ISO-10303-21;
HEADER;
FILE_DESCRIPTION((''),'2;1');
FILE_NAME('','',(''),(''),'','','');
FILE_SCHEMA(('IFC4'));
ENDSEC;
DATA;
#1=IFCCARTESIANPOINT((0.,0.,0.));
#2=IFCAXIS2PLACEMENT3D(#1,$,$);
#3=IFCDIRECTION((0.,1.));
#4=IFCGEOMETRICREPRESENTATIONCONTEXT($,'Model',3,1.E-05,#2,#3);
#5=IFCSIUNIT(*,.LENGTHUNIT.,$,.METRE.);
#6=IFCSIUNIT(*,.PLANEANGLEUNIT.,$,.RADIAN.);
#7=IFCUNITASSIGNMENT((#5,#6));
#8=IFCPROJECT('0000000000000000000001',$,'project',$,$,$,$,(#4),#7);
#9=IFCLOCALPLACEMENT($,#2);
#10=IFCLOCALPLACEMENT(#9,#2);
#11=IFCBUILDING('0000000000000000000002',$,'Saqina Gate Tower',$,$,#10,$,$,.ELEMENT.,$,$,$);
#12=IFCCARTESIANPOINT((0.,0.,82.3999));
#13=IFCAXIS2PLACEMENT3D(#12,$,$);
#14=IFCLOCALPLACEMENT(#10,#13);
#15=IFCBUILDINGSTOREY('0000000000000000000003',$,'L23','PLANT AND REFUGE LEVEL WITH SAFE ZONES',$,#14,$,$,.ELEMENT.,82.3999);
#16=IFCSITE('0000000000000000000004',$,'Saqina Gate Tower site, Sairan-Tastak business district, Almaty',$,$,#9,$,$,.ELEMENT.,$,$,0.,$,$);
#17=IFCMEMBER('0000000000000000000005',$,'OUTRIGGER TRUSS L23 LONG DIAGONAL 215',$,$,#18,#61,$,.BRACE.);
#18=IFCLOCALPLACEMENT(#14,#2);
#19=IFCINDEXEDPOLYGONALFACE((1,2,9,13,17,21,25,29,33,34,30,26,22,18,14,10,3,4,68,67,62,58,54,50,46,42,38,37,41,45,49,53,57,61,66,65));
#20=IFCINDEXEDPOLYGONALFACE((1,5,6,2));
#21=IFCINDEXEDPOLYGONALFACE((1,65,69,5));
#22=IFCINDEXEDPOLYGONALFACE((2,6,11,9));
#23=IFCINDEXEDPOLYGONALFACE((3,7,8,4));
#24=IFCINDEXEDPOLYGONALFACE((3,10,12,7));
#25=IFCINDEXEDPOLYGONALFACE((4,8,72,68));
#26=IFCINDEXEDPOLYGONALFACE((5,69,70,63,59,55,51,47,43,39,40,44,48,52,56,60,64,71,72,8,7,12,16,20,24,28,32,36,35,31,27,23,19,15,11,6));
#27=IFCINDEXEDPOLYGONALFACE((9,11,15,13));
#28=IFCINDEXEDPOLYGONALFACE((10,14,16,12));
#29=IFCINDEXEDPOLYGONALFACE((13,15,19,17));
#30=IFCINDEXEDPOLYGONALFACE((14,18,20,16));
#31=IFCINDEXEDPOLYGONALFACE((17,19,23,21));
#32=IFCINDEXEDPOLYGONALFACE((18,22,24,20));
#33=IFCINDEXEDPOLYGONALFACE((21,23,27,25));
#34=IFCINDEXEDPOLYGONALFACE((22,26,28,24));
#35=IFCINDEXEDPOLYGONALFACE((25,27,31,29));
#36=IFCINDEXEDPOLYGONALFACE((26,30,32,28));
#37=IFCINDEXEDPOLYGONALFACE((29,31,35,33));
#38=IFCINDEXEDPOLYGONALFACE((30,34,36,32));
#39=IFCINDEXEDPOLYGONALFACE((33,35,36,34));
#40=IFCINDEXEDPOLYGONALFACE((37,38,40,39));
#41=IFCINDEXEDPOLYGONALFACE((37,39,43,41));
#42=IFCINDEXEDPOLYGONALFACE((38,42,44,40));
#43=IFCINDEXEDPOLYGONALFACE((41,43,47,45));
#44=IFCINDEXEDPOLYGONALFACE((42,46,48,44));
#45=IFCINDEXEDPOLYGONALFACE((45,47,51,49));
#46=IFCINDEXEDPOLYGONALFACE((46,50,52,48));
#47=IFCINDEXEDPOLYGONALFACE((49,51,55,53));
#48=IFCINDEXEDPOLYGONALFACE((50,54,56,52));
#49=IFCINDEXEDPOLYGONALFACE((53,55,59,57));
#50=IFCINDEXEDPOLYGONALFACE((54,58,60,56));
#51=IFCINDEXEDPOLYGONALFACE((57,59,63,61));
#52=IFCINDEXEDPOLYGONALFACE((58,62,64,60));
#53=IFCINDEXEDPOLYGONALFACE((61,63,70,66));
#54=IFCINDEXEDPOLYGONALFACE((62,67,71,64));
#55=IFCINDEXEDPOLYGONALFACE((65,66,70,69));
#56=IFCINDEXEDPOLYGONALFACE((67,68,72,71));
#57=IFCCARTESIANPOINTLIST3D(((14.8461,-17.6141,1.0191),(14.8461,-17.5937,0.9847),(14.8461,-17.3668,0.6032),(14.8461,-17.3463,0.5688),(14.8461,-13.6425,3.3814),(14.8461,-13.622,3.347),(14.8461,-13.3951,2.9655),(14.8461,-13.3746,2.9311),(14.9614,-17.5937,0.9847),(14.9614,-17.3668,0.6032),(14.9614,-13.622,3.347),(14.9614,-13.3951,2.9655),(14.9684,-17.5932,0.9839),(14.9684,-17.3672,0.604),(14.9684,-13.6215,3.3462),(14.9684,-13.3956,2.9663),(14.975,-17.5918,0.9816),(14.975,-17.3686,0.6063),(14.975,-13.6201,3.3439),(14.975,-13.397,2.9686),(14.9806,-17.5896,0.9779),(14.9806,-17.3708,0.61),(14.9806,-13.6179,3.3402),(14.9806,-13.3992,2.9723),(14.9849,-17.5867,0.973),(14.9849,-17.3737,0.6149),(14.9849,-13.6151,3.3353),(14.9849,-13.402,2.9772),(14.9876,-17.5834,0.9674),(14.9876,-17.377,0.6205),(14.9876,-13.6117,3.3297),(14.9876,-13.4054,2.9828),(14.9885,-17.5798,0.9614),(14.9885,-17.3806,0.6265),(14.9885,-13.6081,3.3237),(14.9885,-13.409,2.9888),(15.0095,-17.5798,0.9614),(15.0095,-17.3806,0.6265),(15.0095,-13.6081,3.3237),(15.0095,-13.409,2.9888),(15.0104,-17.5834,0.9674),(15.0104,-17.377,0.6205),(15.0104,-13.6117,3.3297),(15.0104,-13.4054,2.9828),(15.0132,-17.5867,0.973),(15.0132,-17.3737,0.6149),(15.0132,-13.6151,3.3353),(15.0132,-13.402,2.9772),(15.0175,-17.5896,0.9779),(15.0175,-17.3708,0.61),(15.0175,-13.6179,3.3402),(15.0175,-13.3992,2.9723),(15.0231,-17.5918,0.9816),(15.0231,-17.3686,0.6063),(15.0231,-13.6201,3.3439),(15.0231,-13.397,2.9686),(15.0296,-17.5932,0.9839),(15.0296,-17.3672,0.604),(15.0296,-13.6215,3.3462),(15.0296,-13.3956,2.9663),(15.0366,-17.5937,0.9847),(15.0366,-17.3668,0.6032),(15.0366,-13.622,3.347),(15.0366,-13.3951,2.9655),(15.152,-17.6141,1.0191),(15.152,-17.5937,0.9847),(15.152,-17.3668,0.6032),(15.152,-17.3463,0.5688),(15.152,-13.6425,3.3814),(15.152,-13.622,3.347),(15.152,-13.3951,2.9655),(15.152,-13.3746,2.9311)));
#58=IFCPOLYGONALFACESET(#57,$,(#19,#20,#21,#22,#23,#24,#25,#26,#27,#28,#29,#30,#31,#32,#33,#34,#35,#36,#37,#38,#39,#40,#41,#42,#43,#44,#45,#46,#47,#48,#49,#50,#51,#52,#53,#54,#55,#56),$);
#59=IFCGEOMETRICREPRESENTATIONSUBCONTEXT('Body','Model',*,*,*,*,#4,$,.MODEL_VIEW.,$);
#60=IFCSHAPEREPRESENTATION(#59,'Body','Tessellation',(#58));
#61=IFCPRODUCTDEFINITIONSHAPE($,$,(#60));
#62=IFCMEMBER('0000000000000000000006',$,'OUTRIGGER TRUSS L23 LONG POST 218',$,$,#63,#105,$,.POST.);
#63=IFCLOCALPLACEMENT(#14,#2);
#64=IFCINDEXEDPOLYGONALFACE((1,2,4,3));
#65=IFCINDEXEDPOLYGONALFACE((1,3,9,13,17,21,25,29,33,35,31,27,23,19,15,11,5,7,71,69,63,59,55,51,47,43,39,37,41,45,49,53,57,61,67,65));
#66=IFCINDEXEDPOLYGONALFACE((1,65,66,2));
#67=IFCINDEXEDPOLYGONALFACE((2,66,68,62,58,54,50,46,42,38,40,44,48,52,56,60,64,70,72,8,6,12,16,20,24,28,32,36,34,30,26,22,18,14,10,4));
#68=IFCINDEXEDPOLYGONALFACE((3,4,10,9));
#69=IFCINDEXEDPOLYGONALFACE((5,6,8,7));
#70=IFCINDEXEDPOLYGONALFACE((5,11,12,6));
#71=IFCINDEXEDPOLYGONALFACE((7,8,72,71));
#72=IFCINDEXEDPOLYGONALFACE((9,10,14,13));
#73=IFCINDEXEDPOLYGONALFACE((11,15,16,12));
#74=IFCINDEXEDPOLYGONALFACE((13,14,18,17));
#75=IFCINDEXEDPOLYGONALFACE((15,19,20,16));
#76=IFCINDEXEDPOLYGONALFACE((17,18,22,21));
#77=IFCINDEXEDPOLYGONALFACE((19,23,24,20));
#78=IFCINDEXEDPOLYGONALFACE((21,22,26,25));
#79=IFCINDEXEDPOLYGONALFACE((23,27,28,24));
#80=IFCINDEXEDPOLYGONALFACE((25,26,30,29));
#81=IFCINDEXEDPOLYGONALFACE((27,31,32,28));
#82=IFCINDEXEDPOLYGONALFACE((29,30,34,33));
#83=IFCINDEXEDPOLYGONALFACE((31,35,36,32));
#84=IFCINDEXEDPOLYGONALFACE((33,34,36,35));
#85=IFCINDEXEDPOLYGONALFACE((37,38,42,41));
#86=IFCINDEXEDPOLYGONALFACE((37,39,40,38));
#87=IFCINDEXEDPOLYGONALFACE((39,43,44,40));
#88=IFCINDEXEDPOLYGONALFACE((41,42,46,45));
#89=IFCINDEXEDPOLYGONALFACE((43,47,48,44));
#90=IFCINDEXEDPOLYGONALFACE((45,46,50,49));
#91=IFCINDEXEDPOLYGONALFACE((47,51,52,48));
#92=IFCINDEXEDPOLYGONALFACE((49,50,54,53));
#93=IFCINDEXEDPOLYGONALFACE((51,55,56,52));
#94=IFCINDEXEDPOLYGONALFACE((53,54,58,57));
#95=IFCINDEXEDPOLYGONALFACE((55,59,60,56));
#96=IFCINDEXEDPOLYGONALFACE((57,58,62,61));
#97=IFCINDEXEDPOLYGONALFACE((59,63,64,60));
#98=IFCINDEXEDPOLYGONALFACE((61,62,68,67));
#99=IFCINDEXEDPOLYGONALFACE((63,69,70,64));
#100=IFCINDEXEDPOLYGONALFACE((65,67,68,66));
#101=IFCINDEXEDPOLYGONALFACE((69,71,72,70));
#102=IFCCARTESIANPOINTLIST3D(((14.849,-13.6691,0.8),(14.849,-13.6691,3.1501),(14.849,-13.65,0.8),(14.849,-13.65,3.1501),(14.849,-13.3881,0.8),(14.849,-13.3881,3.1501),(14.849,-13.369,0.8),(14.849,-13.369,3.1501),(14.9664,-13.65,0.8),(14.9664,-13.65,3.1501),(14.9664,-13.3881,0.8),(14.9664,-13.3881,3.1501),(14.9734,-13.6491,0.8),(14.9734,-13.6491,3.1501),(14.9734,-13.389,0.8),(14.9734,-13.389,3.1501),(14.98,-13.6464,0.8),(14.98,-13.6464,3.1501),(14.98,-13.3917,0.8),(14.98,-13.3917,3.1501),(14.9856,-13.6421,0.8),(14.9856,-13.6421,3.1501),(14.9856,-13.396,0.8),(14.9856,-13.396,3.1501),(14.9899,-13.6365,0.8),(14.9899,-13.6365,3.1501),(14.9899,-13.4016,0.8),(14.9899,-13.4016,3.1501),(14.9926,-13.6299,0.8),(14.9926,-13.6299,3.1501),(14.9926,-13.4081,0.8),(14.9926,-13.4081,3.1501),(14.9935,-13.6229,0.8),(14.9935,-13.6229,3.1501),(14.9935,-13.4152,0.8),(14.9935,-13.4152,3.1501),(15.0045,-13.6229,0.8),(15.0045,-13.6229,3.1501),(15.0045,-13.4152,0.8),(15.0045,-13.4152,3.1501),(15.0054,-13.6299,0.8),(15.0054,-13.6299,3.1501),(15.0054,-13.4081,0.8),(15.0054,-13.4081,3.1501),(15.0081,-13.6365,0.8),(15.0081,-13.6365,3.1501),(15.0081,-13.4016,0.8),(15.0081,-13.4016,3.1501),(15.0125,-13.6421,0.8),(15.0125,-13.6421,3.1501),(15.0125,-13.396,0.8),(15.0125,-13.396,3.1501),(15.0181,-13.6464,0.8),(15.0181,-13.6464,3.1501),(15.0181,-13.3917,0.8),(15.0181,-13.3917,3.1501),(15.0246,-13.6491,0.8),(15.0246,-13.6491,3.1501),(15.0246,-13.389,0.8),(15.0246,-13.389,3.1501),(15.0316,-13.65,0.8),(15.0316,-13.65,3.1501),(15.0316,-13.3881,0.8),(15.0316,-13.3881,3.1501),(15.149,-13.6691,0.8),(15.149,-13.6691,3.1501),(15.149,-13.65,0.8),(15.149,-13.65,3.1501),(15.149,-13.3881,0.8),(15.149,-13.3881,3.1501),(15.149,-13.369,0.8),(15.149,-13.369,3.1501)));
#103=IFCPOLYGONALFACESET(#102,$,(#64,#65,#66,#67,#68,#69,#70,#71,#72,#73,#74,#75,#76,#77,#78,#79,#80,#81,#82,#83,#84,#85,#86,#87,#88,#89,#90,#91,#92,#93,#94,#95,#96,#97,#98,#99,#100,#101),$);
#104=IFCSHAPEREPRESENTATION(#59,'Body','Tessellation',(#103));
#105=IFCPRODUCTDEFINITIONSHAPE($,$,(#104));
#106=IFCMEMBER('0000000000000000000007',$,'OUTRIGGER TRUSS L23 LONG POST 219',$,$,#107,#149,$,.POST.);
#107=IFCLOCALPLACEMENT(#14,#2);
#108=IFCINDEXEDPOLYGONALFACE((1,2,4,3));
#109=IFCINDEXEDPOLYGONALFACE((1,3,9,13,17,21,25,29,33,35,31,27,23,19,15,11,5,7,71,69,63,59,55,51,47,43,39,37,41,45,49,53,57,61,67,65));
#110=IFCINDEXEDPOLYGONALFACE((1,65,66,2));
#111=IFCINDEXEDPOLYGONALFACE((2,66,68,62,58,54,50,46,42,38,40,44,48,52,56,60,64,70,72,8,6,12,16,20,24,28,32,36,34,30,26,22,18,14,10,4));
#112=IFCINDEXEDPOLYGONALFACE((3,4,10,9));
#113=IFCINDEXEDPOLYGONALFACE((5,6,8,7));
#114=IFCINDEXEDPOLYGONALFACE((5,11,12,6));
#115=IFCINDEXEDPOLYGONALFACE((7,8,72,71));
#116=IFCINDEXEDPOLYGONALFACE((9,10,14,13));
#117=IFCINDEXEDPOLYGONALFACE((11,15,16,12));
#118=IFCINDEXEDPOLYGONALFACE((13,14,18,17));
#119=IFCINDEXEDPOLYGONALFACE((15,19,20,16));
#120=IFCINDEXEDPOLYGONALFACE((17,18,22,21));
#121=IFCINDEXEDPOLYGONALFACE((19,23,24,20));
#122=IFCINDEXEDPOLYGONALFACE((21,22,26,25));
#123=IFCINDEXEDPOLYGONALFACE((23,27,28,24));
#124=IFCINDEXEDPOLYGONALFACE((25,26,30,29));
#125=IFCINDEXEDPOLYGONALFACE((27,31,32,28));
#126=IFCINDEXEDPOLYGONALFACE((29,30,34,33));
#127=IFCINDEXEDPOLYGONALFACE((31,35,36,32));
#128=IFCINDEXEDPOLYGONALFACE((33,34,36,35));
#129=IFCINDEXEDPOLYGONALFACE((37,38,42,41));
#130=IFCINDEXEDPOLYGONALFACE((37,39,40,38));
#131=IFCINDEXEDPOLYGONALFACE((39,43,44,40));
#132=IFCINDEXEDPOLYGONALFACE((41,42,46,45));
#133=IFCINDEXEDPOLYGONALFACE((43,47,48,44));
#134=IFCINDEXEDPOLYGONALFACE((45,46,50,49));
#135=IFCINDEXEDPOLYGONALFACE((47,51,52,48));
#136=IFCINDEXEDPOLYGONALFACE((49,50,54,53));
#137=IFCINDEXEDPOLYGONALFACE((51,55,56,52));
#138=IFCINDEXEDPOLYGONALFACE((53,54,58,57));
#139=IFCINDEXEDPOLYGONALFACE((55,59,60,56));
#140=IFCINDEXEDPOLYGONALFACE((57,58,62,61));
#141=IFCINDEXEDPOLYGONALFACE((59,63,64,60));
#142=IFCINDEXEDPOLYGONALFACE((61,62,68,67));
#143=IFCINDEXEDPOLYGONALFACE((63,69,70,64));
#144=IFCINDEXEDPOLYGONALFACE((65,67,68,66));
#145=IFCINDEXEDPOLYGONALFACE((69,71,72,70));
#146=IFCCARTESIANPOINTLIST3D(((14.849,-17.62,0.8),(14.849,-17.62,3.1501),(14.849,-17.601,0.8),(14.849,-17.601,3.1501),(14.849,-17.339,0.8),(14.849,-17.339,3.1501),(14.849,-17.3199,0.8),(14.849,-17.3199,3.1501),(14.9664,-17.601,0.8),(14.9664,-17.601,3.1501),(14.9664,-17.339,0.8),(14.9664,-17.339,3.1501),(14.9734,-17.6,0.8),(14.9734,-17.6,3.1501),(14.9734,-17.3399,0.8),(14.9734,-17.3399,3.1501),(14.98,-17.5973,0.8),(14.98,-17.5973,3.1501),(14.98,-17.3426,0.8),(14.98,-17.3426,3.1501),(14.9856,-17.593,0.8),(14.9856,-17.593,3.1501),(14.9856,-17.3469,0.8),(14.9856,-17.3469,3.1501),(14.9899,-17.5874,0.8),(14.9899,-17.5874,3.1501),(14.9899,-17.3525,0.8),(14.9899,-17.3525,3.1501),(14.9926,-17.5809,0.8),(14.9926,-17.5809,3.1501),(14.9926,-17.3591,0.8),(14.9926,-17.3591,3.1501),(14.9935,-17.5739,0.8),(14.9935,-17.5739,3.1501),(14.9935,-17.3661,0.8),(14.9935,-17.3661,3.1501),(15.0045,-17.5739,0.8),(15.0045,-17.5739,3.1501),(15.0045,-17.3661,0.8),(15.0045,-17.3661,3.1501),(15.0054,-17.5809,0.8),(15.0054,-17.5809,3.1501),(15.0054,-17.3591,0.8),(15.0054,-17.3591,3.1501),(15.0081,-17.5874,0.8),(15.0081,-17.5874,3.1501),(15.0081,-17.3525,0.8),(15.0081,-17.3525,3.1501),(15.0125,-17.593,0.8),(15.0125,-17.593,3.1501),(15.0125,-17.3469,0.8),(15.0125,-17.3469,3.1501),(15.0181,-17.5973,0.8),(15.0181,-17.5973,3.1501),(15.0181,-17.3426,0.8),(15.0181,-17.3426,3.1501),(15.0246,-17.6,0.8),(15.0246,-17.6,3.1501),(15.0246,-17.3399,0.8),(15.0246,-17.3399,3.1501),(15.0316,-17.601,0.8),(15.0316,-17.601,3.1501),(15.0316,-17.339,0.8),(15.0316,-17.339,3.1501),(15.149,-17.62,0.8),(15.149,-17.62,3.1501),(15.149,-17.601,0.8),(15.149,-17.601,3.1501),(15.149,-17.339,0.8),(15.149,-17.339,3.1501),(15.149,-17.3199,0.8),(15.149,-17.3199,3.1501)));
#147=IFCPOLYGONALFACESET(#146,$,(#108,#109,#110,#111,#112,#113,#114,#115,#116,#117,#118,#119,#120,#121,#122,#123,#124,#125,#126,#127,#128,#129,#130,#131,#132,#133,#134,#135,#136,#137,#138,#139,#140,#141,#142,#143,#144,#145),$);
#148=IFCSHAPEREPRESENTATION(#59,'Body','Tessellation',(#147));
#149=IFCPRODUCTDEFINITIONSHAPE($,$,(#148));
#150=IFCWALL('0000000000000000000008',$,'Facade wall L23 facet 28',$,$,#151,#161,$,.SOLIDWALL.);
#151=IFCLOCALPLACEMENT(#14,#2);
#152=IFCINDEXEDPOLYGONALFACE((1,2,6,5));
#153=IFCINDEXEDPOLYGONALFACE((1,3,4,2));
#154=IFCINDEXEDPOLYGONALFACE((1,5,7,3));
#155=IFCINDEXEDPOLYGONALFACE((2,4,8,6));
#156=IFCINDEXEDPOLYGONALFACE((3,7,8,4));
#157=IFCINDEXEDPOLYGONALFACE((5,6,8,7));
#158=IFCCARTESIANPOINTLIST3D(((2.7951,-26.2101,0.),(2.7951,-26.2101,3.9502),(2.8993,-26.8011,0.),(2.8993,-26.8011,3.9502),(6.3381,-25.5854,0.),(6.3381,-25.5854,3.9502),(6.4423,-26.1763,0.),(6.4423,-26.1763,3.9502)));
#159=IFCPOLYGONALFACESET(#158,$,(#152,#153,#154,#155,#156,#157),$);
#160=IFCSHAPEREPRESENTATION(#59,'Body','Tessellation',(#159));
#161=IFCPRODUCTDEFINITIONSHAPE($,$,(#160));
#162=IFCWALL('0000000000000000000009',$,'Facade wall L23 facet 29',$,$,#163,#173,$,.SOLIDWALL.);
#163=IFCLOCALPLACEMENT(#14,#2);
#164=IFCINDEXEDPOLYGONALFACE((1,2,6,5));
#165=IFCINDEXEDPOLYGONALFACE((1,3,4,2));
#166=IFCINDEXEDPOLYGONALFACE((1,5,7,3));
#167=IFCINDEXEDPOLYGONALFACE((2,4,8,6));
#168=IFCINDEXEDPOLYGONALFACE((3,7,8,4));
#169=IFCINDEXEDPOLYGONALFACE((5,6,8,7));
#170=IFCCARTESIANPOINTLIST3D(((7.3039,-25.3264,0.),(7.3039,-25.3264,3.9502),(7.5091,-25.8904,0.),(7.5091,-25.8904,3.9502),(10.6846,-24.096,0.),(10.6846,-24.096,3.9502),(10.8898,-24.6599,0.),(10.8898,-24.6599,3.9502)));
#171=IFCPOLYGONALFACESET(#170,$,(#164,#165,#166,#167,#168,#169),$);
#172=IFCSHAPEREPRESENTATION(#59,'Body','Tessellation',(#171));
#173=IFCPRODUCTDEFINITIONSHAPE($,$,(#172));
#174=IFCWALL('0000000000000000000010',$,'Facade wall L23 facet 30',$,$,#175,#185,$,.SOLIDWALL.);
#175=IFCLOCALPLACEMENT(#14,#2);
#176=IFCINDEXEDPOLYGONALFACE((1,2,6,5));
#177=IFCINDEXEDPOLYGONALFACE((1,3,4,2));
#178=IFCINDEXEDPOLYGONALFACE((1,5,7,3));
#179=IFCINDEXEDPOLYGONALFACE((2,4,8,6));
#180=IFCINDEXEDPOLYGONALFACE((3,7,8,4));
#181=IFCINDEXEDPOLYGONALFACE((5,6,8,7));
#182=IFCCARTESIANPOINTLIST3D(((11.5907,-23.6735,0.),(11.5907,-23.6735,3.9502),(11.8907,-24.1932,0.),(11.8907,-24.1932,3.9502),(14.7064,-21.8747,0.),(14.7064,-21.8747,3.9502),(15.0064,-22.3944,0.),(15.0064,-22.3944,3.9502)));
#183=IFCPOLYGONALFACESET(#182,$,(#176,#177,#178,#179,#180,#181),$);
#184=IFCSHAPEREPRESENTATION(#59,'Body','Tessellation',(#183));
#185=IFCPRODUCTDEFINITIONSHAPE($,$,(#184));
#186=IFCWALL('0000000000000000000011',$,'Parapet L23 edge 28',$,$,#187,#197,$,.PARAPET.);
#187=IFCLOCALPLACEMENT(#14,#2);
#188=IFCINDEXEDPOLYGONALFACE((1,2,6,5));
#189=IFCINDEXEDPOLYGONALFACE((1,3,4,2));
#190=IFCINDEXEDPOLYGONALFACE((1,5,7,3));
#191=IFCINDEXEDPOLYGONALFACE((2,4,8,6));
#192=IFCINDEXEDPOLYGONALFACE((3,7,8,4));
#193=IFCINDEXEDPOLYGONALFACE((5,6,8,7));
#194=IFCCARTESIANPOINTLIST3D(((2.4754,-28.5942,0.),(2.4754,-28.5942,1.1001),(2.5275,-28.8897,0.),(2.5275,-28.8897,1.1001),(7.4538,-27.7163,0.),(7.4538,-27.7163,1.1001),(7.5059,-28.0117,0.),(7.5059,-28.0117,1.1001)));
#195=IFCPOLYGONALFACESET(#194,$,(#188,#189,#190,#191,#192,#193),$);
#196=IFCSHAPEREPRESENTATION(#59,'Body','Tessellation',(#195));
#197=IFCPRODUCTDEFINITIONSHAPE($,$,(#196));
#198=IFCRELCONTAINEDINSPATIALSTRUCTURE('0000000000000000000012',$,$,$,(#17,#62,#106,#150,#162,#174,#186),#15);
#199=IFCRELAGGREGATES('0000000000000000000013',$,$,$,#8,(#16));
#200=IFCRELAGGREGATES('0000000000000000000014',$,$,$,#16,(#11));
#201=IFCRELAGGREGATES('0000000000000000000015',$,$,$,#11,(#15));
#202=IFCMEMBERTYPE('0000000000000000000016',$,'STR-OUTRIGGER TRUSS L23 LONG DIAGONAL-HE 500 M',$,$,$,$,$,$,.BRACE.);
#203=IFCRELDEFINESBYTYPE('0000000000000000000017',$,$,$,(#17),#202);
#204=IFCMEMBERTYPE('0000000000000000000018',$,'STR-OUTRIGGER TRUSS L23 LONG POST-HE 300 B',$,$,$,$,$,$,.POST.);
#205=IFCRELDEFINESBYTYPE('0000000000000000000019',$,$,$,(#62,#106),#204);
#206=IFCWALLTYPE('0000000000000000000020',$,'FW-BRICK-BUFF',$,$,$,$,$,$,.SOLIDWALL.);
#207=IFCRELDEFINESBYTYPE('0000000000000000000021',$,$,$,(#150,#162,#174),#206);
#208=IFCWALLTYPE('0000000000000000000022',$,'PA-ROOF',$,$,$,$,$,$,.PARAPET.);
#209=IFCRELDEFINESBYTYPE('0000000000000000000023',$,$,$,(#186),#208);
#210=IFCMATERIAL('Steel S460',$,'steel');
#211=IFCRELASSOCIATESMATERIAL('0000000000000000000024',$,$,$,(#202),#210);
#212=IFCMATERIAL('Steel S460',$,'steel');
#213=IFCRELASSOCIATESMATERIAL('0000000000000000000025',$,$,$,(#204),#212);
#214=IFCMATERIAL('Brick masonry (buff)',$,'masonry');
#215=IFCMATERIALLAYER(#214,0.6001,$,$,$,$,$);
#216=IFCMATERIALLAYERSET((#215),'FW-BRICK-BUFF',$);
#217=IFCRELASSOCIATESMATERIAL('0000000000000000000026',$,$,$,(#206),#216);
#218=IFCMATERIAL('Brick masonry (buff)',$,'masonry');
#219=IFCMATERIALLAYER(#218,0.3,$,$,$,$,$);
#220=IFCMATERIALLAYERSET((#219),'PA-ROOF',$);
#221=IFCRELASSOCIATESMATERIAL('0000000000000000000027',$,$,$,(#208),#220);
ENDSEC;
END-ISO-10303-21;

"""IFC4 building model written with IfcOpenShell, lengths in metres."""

from ifc_helpers import new_model, si_unit, direction, frame, frame_2d, origin, origin_2d, place, context, subcontext, project, spatial, rectangle, i_section, extrude, material, layer, layer_set, material_profile, profile_set, type_object, element, save


model = new_model("IFC4")

# Units and contexts
model_context = context("Model", 3, precision=1e-05, world=origin(), true_north=direction((0.0, 1.0)))
body_context = subcontext(model_context, "Body", "Model", "MODEL_VIEW")
ifc_project = project(units=[si_unit("LENGTHUNIT", "METRE"), si_unit("PLANEANGLEUNIT", "RADIAN")], contexts=[model_context])

# Site, building, storey
site_placement = place(None, origin())
site = spatial("IfcSite", under=ifc_project, at=site_placement, Name="Saqina Gate Tower site, Sairan-Tastak business district, Almaty", CompositionType="ELEMENT", RefElevation=0.0)
building_placement = place(site_placement, origin())
building = spatial("IfcBuilding", under=site, at=building_placement, Name="Saqina Gate Tower", CompositionType="ELEMENT")
storey_placement = place(building_placement, frame((0.0, 0.0, 82.3999)))
storey = spatial("IfcBuildingStorey", under=building, at=storey_placement, Name="L23", Description="PLANT AND REFUGE LEVEL WITH SAFE ZONES", CompositionType="ELEMENT", Elevation=82.3999)

# Members
ifc_material_1 = material(Name="Steel S460", Category="steel")
ifc_material_profile_1 = material_profile(ifc_material_1, i_section(OverallWidth=0.3059, OverallDepth=0.5239, WebThickness=0.021, FlangeThickness=0.04, FilletRadius=0.0271, at=origin_2d()), Name="HE 500 M")
ifc_profile_set_1 = profile_set([ifc_material_profile_1], Name="Steel S460")
member_type_1 = type_object("IfcMemberType", Name="STR-OUTRIGGER TRUSS L23 LONG DIAGONAL-HE 500 M", PredefinedType="BRACE", material=ifc_profile_set_1)
member_1_placement = place(storey_placement, frame((14.999, -13.5085, 3.1562), z_axis=(0.0, -0.859463, -0.511198), x_axis=(1.0, 0.0, 0.0)))
element("IfcMember", 1, at=member_1_placement, inside=storey, type_object=member_type_1, Name="OUTRIGGER TRUSS L23 LONG DIAGONAL 215", PredefinedType="BRACE", context=body_context, shape_type="SweptSolid", body=[
    extrude(i_section(OverallWidth=0.3059, OverallDepth=0.5239, WebThickness=0.021, FlangeThickness=0.04, FilletRadius=0.0271, at=origin_2d()), origin(), (0.0, 0.0, 1.0), 4.6211),
])
ifc_material_2 = material(Name="Steel S460", Category="steel")
ifc_material_profile_2 = material_profile(ifc_material_2, i_section(OverallWidth=0.3, OverallDepth=0.3, WebThickness=0.011, FlangeThickness=0.019, FilletRadius=0.0271, at=origin_2d()), Name="HE 300 B")
ifc_profile_set_2 = profile_set([ifc_material_profile_2], Name="Steel S460")
member_type_2 = type_object("IfcMemberType", Name="STR-OUTRIGGER TRUSS L23 LONG POST-HE 300 B", PredefinedType="POST", material=ifc_profile_set_2)
for number, where, z_axis, x_axis, name in (
    (2, (14.999, -13.519, 0.8), (0.0, 0.0, 1.0), (1.0, 0.0, 0.0), "OUTRIGGER TRUSS L23 LONG POST 218"),
    (3, (14.999, -17.47, 0.8), (0.0, 0.0, 1.0), (1.0, 0.0, 0.0), "OUTRIGGER TRUSS L23 LONG POST 219"),
):
    element("IfcMember", number, at=place(storey_placement, frame(where, z_axis=z_axis, x_axis=x_axis)), inside=storey, type_object=member_type_2, Name=name, PredefinedType="POST", context=body_context, shape_type="SweptSolid", body=[
        extrude(i_section(OverallWidth=0.3, OverallDepth=0.3, WebThickness=0.011, FlangeThickness=0.019, FilletRadius=0.0271, at=origin_2d()), origin(), (0.0, 0.0, 1.0), 2.3501),
    ])

# Walls
ifc_material_3 = material(Name="Brick masonry (buff)", Category="masonry")
ifc_layer_1 = layer(ifc_material_3, 0.6001)
ifc_layer_set_1 = layer_set([ifc_layer_1], Name="FW-BRICK-BUFF")
wall_type_1 = type_object("IfcWallType", Name="FW-BRICK-BUFF", PredefinedType="SOLIDWALL", material=ifc_layer_set_1)
for number, where, z_axis, x_axis, name in (
    (4, (2.8472, -26.5056, 0.0), (0.0, 0.0, 1.0), (0.984806, 0.173658, 0.0), "Facade wall L23 facet 28"),
    (5, (7.4065, -25.6084, 0.0), (0.0, 0.0, 1.0), (0.93969, 0.342026, 0.0), "Facade wall L23 facet 29"),
    (6, (11.7407, -23.9333, 0.0), (0.0, 0.0, 1.0), (0.86603, 0.499993, 0.0), "Facade wall L23 facet 30"),
):
    element("IfcWall", number, at=place(storey_placement, frame(where, z_axis=z_axis, x_axis=x_axis)), inside=storey, type_object=wall_type_1, Name=name, PredefinedType="SOLIDWALL", context=body_context, shape_type="SweptSolid", body=[
        extrude(rectangle(XDim=3.5977, YDim=0.6001, at=frame_2d((1.7988, 0.0))), origin(), (0.0, 0.0, 1.0), 3.9502),
    ])
ifc_material_4 = material(Name="Brick masonry (buff)", Category="masonry")
ifc_layer_2 = layer(ifc_material_4, 0.3)
ifc_layer_set_2 = layer_set([ifc_layer_2], Name="PA-ROOF")
wall_type_2 = type_object("IfcWallType", Name="PA-ROOF", PredefinedType="PARAPET", material=ifc_layer_set_2)
wall_1_placement = place(storey_placement, frame((2.5015, -28.7419, 0.0), z_axis=(0.0, 0.0, 1.0), x_axis=(0.984803, 0.173672, 0.0)))
element("IfcWall", 7, at=wall_1_placement, inside=storey, type_object=wall_type_2, Name="Parapet L23 edge 28", PredefinedType="PARAPET", context=body_context, shape_type="SweptSolid", body=[
    extrude(rectangle(XDim=5.0552, YDim=0.3, at=frame_2d((2.5276, 0.0))), origin(), (0.0, 0.0, 1.0), 1.1001),
])

save(model, "model.ifc")
